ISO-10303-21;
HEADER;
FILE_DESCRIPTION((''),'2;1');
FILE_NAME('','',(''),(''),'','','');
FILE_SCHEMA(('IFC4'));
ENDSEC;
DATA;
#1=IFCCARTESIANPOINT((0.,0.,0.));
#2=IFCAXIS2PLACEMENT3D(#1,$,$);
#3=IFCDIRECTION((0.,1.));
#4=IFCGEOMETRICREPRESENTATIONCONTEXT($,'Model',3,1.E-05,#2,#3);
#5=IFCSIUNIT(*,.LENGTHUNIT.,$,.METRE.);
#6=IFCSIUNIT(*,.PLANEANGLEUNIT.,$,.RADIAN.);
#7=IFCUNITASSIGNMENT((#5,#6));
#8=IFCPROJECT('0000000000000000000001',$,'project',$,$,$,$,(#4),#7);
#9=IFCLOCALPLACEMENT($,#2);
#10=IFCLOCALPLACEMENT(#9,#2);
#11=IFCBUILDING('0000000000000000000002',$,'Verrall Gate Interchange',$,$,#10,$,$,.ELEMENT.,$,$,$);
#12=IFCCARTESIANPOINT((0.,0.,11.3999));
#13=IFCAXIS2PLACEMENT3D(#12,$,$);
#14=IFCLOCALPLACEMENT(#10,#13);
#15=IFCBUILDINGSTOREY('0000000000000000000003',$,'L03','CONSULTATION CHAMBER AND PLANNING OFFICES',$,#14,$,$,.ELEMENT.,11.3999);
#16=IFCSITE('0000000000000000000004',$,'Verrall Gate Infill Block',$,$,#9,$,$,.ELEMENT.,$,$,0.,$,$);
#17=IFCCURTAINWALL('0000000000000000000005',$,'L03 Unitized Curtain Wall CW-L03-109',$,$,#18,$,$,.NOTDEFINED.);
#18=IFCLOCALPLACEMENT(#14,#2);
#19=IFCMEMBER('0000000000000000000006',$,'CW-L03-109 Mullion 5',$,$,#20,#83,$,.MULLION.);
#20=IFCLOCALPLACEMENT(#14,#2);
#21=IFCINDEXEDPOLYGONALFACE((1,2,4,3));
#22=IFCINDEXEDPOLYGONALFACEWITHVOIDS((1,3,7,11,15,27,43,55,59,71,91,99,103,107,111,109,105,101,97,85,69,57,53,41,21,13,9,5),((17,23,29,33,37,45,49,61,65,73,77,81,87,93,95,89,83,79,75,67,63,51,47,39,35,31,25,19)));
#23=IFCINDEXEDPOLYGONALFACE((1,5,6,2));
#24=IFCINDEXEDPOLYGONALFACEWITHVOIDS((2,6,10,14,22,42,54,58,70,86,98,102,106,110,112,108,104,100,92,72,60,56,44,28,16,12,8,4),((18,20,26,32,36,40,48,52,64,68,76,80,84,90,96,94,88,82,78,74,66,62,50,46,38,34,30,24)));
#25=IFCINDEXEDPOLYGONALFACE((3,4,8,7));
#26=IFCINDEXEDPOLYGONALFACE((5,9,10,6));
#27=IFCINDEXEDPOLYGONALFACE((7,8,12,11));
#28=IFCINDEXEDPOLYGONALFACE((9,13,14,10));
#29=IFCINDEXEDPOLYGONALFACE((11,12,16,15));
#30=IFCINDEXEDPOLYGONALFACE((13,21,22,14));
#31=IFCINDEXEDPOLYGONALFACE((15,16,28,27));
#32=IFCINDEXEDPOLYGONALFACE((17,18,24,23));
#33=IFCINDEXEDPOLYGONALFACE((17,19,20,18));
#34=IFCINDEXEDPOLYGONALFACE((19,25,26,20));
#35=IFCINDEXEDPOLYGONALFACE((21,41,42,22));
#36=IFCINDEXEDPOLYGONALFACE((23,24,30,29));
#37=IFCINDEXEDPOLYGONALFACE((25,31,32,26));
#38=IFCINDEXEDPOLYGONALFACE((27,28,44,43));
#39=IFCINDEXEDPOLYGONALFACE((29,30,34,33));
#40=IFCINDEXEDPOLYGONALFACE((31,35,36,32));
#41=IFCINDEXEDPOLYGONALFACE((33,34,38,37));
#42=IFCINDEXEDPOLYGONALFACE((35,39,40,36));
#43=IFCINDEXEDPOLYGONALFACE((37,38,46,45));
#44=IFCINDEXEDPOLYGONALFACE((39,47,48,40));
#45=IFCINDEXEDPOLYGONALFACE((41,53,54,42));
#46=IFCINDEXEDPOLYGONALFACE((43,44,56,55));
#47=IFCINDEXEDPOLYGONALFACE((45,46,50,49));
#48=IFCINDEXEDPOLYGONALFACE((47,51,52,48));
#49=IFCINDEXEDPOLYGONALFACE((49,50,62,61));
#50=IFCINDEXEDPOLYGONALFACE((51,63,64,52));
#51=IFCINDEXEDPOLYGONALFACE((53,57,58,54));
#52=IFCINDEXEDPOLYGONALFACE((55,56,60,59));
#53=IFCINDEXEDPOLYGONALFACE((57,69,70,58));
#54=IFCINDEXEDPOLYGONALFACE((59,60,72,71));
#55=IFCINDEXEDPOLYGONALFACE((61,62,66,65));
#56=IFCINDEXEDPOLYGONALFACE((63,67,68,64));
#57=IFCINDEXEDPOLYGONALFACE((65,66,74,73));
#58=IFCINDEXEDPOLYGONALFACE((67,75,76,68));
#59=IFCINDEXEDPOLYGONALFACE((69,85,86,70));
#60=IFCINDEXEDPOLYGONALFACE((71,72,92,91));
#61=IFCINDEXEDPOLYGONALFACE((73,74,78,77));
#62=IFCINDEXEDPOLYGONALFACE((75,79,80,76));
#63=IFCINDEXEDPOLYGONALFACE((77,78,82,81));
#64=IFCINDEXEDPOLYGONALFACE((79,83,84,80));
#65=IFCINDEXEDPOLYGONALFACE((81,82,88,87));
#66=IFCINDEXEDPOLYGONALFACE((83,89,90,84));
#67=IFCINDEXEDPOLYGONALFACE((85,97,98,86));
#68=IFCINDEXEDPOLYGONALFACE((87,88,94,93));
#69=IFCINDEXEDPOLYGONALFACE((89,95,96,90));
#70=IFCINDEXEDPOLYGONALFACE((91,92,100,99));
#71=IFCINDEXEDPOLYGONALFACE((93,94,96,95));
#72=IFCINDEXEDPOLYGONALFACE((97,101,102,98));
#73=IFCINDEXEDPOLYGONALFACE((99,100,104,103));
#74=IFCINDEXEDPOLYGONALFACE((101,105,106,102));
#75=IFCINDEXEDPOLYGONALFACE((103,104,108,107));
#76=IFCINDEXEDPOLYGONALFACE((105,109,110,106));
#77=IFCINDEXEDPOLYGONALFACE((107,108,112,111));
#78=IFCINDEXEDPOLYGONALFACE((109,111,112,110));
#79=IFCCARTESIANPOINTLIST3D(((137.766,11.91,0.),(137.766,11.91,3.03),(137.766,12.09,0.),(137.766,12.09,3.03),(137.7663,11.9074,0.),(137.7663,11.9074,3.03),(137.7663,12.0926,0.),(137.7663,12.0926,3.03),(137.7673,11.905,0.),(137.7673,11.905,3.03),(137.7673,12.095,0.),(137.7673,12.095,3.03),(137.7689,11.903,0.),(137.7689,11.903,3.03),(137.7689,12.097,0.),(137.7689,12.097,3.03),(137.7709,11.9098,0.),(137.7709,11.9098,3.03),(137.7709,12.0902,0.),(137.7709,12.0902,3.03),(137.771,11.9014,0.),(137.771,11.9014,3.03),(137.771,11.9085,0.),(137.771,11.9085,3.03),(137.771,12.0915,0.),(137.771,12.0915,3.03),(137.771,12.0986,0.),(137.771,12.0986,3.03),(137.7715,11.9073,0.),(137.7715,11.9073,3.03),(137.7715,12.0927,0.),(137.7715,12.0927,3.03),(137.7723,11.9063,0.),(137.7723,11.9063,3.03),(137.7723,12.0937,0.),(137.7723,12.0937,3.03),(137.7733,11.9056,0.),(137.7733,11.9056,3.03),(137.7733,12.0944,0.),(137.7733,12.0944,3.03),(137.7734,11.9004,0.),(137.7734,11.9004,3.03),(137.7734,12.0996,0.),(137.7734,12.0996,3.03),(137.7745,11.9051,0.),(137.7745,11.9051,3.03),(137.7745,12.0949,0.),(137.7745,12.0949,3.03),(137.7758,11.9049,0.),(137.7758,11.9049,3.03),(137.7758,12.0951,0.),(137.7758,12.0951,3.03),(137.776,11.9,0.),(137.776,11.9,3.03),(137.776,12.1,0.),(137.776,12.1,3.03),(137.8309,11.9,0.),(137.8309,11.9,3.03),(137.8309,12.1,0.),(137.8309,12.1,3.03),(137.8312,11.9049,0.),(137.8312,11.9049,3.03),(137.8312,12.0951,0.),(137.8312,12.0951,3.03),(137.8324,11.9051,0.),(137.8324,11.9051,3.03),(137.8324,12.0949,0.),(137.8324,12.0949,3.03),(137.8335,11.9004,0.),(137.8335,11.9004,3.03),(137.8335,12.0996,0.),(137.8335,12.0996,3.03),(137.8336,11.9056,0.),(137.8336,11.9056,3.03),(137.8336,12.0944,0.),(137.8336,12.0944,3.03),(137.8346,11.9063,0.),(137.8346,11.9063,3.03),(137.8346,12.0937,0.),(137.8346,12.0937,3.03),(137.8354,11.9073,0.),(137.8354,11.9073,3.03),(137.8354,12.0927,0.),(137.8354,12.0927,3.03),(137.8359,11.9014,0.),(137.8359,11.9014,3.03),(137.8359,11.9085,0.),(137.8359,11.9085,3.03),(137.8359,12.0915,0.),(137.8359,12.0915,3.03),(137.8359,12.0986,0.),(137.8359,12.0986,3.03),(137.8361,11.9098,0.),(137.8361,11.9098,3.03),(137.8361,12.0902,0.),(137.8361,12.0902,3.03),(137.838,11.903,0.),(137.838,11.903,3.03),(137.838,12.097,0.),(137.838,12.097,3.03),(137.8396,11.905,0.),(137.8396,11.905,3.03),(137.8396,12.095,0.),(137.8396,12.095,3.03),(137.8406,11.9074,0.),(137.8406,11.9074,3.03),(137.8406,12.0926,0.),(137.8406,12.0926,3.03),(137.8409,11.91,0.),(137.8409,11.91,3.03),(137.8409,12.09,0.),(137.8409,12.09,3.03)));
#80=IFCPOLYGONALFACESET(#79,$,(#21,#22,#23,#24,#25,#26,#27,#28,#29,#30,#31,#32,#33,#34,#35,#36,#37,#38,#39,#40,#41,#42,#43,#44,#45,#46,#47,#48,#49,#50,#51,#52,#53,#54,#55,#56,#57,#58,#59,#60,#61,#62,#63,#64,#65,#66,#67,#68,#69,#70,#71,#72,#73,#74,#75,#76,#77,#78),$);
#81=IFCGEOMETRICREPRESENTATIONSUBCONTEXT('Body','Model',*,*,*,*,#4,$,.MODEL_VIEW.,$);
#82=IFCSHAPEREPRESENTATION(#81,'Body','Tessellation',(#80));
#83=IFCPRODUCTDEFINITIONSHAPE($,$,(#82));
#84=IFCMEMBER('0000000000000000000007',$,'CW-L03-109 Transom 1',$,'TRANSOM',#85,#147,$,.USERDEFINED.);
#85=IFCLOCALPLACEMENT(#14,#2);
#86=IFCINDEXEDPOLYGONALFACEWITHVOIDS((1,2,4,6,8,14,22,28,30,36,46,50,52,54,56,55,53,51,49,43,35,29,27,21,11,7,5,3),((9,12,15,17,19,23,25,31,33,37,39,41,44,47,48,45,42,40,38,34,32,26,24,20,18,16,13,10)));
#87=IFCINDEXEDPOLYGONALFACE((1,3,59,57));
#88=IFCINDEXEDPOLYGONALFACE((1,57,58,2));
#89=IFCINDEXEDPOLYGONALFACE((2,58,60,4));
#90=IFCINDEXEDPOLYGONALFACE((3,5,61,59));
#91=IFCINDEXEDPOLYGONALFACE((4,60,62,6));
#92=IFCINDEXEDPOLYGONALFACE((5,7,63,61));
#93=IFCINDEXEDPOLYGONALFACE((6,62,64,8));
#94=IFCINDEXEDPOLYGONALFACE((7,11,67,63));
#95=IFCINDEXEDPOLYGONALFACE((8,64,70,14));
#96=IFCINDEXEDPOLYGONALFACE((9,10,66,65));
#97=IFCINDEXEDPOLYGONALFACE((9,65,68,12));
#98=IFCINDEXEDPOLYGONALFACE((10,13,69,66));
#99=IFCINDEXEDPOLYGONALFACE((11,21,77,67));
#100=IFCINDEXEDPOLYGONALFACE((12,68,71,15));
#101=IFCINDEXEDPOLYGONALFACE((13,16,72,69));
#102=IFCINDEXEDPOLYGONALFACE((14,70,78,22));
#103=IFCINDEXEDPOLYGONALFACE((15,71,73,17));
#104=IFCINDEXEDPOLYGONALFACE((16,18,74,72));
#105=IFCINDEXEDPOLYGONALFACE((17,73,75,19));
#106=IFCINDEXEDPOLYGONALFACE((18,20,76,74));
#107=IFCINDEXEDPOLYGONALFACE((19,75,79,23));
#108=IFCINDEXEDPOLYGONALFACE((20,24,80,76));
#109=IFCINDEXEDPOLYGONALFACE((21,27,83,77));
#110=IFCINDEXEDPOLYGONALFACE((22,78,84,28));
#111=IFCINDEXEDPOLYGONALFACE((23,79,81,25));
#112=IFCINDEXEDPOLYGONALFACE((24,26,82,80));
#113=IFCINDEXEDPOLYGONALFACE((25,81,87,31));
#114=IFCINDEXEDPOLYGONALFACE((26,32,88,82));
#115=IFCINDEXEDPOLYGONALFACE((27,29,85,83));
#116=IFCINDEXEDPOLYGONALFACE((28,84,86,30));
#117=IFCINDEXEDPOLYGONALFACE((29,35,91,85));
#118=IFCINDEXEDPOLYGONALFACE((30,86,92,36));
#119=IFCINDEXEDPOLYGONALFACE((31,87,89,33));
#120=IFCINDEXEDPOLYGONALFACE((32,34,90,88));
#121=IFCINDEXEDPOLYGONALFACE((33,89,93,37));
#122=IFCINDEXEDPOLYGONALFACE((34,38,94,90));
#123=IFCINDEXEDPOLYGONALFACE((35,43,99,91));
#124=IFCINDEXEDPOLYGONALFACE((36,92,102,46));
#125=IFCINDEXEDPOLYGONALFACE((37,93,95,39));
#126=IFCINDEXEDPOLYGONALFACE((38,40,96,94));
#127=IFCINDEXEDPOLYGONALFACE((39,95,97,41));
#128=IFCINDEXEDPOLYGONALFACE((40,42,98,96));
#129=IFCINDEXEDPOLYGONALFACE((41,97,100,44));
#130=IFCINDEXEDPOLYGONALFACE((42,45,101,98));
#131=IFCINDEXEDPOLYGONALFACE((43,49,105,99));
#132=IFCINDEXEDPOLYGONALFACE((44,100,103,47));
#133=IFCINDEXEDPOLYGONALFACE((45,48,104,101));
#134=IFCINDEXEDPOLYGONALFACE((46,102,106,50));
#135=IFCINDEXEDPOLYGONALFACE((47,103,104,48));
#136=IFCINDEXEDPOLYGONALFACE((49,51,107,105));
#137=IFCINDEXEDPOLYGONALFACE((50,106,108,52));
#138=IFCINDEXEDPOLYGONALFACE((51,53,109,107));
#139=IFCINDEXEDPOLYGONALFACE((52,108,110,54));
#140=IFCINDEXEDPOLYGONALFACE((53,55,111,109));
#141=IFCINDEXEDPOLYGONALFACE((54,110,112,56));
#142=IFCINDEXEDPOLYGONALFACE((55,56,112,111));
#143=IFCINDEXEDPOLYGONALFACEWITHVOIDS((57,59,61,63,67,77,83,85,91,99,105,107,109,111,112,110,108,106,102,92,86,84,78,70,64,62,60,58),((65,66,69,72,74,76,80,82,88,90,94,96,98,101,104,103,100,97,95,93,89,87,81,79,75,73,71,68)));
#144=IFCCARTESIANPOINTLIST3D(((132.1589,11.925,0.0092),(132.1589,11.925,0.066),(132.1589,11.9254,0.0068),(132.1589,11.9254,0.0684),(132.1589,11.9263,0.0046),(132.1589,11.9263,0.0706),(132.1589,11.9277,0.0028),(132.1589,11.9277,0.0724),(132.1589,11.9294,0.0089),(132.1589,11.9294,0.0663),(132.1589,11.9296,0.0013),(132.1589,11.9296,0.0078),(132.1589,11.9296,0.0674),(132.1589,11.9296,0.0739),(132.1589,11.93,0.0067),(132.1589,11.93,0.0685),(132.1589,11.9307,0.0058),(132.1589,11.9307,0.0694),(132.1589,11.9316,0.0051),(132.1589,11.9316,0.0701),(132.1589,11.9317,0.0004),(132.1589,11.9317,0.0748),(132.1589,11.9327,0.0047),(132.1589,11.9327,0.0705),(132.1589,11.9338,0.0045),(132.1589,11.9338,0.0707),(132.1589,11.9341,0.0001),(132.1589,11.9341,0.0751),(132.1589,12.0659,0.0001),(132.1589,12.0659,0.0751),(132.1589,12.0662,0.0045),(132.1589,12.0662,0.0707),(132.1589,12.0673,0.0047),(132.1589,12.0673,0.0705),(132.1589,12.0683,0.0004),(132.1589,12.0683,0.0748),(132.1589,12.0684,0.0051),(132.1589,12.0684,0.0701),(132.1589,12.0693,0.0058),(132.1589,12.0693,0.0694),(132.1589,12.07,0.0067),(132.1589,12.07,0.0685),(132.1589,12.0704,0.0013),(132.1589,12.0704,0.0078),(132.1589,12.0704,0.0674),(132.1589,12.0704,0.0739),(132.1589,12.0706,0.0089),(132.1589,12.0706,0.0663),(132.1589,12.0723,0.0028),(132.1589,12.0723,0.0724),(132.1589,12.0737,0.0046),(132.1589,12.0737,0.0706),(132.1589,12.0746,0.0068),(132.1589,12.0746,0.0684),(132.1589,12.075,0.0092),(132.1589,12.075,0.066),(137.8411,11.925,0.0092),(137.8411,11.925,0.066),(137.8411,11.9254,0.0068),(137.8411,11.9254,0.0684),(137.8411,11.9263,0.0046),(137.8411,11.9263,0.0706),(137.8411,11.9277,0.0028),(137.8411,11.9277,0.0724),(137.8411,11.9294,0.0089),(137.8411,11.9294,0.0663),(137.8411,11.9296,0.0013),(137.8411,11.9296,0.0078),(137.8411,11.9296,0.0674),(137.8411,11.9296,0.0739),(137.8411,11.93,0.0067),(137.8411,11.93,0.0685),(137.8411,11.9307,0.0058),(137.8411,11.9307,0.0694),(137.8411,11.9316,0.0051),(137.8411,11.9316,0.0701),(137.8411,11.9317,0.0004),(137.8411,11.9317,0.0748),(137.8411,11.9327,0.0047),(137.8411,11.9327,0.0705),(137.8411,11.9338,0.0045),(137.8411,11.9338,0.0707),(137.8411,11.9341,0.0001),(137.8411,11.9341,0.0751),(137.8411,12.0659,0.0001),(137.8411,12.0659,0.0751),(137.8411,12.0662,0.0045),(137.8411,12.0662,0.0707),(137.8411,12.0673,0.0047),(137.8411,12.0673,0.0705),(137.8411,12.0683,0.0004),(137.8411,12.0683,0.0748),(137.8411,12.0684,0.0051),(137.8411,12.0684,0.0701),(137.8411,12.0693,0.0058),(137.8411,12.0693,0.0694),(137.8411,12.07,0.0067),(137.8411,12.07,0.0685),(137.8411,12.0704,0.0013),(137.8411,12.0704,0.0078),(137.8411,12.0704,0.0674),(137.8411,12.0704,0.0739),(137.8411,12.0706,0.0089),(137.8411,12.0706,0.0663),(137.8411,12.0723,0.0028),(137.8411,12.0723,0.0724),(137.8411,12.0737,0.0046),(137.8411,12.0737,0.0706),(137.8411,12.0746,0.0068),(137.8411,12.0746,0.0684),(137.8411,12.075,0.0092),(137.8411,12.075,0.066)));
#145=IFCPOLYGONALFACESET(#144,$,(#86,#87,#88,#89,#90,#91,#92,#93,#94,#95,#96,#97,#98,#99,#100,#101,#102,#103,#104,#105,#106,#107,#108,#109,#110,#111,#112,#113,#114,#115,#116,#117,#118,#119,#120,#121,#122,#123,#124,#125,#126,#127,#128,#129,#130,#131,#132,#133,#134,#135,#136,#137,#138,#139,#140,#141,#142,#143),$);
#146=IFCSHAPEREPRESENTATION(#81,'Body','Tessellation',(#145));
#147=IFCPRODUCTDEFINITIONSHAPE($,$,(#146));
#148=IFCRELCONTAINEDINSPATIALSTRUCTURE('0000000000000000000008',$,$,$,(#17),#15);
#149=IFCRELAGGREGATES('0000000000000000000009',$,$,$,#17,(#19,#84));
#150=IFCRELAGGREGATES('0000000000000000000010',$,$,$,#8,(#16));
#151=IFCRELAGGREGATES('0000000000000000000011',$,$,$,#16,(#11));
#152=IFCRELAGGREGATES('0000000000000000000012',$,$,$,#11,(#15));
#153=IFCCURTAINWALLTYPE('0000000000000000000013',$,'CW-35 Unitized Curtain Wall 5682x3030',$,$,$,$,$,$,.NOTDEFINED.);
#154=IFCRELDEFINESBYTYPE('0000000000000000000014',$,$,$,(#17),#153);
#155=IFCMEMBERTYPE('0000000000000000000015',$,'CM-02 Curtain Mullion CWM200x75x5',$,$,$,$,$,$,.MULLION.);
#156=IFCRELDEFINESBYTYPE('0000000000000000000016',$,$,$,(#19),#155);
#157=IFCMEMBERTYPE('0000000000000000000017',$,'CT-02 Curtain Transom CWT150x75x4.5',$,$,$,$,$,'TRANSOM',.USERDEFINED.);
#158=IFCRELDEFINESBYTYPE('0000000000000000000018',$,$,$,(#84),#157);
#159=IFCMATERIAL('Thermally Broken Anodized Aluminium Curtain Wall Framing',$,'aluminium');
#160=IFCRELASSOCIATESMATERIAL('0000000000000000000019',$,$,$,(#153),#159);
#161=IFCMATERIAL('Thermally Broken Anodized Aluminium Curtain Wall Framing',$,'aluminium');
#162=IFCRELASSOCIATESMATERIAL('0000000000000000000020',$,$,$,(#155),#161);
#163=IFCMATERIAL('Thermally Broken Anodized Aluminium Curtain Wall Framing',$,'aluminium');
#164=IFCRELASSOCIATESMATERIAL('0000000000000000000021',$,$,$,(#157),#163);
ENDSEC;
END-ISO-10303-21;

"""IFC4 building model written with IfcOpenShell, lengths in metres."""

from ifc_helpers import new_model, si_unit, direction, frame, origin, origin_2d, place, context, subcontext, project, spatial, hollow_rectangle, extrude, material, material_profile, profile_set, type_object, element, aggregate, save


model = new_model("IFC4")

# Units and contexts
model_context = context("Model", 3, precision=1e-05, world=origin(), true_north=direction((0.0, 1.0)))
body_context = subcontext(model_context, "Body", "Model", "MODEL_VIEW")
ifc_project = project(units=[si_unit("LENGTHUNIT", "METRE"), si_unit("PLANEANGLEUNIT", "RADIAN")], contexts=[model_context])

# Site, building, storey
site_placement = place(None, origin())
site = spatial("IfcSite", under=ifc_project, at=site_placement, Name="Verrall Gate Infill Block", CompositionType="ELEMENT", RefElevation=0.0)
building_placement = place(site_placement, origin())
building = spatial("IfcBuilding", under=site, at=building_placement, Name="Verrall Gate Interchange", CompositionType="ELEMENT")
storey_placement = place(building_placement, frame((0.0, 0.0, 11.3999)))
storey = spatial("IfcBuildingStorey", under=building, at=storey_placement, Name="L03", Description="CONSULTATION CHAMBER AND PLANNING OFFICES", CompositionType="ELEMENT", Elevation=11.3999)

# Curtain wall, members
ifc_material_1 = material(Name="Thermally Broken Anodized Aluminium Curtain Wall Framing", Category="aluminium")
curtain_wall_type_1 = type_object("IfcCurtainWallType", Name="CW-35 Unitized Curtain Wall 5682x3030", PredefinedType="NOTDEFINED", material=ifc_material_1)
curtain_wall_1_placement = place(storey_placement, origin())
curtain_wall_1 = element("IfcCurtainWall", 1, at=curtain_wall_1_placement, inside=storey, type_object=curtain_wall_type_1, Name="L03 Unitized Curtain Wall CW-L03-109", PredefinedType="NOTDEFINED")
ifc_material_2 = material(Name="Thermally Broken Anodized Aluminium Curtain Wall Framing", Category="aluminium")
ifc_material_profile_1 = material_profile(ifc_material_2, hollow_rectangle(XDim=0.075, YDim=0.2, WallThickness=0.0049, InnerFilletRadius=0.0049, OuterFilletRadius=0.01, at=origin_2d()), Name="CWM200x75x5")
ifc_profile_set_1 = profile_set([ifc_material_profile_1], Name="Thermally Broken Anodized Aluminium Curtain Wall Framing")
member_type_1 = type_object("IfcMemberType", Name="CM-02 Curtain Mullion CWM200x75x5", PredefinedType="MULLION", material=ifc_profile_set_1)
member_1_placement = place(storey_placement, frame((137.8035, 12.0, 0.0), z_axis=(0.0, 0.0, 1.0), x_axis=(1.0, 0.0, 0.0)))
member_1 = element("IfcMember", 2, at=member_1_placement, type_object=member_type_1, Name="CW-L03-109 Mullion 5", PredefinedType="MULLION", context=body_context, shape_type="SweptSolid", body=[
    extrude(hollow_rectangle(XDim=0.075, YDim=0.2, WallThickness=0.0049, InnerFilletRadius=0.0049, OuterFilletRadius=0.01, at=origin_2d()), origin(), (0.0, 0.0, 1.0), 3.03),
])
ifc_material_3 = material(Name="Thermally Broken Anodized Aluminium Curtain Wall Framing", Category="aluminium")
ifc_material_profile_2 = material_profile(ifc_material_3, hollow_rectangle(XDim=0.1499, YDim=0.075, WallThickness=0.0044, InnerFilletRadius=0.0044, OuterFilletRadius=0.009, at=origin_2d()), Name="CWT150x75x4.5")
ifc_profile_set_2 = profile_set([ifc_material_profile_2], Name="Thermally Broken Anodized Aluminium Curtain Wall Framing")
member_type_2 = type_object("IfcMemberType", Name="CT-02 Curtain Transom CWT150x75x4.5", ElementType="TRANSOM", PredefinedType="USERDEFINED", material=ifc_profile_set_2)
member_2_placement = place(storey_placement, frame((132.1589, 12.0, 0.0376), z_axis=(1.0, 0.0, 0.0), x_axis=(0.0, 1.0, 0.0)))
member_2 = element("IfcMember", 3, at=member_2_placement, type_object=member_type_2, Name="CW-L03-109 Transom 1", ObjectType="TRANSOM", PredefinedType="USERDEFINED", context=body_context, shape_type="SweptSolid", body=[
    extrude(hollow_rectangle(XDim=0.1499, YDim=0.075, WallThickness=0.0044, InnerFilletRadius=0.0044, OuterFilletRadius=0.009, at=origin_2d()), origin(), (0.0, 0.0, 1.0), 5.6821),
])

aggregate(curtain_wall_1, [member_1, member_2])

save(model, "model.ifc")
